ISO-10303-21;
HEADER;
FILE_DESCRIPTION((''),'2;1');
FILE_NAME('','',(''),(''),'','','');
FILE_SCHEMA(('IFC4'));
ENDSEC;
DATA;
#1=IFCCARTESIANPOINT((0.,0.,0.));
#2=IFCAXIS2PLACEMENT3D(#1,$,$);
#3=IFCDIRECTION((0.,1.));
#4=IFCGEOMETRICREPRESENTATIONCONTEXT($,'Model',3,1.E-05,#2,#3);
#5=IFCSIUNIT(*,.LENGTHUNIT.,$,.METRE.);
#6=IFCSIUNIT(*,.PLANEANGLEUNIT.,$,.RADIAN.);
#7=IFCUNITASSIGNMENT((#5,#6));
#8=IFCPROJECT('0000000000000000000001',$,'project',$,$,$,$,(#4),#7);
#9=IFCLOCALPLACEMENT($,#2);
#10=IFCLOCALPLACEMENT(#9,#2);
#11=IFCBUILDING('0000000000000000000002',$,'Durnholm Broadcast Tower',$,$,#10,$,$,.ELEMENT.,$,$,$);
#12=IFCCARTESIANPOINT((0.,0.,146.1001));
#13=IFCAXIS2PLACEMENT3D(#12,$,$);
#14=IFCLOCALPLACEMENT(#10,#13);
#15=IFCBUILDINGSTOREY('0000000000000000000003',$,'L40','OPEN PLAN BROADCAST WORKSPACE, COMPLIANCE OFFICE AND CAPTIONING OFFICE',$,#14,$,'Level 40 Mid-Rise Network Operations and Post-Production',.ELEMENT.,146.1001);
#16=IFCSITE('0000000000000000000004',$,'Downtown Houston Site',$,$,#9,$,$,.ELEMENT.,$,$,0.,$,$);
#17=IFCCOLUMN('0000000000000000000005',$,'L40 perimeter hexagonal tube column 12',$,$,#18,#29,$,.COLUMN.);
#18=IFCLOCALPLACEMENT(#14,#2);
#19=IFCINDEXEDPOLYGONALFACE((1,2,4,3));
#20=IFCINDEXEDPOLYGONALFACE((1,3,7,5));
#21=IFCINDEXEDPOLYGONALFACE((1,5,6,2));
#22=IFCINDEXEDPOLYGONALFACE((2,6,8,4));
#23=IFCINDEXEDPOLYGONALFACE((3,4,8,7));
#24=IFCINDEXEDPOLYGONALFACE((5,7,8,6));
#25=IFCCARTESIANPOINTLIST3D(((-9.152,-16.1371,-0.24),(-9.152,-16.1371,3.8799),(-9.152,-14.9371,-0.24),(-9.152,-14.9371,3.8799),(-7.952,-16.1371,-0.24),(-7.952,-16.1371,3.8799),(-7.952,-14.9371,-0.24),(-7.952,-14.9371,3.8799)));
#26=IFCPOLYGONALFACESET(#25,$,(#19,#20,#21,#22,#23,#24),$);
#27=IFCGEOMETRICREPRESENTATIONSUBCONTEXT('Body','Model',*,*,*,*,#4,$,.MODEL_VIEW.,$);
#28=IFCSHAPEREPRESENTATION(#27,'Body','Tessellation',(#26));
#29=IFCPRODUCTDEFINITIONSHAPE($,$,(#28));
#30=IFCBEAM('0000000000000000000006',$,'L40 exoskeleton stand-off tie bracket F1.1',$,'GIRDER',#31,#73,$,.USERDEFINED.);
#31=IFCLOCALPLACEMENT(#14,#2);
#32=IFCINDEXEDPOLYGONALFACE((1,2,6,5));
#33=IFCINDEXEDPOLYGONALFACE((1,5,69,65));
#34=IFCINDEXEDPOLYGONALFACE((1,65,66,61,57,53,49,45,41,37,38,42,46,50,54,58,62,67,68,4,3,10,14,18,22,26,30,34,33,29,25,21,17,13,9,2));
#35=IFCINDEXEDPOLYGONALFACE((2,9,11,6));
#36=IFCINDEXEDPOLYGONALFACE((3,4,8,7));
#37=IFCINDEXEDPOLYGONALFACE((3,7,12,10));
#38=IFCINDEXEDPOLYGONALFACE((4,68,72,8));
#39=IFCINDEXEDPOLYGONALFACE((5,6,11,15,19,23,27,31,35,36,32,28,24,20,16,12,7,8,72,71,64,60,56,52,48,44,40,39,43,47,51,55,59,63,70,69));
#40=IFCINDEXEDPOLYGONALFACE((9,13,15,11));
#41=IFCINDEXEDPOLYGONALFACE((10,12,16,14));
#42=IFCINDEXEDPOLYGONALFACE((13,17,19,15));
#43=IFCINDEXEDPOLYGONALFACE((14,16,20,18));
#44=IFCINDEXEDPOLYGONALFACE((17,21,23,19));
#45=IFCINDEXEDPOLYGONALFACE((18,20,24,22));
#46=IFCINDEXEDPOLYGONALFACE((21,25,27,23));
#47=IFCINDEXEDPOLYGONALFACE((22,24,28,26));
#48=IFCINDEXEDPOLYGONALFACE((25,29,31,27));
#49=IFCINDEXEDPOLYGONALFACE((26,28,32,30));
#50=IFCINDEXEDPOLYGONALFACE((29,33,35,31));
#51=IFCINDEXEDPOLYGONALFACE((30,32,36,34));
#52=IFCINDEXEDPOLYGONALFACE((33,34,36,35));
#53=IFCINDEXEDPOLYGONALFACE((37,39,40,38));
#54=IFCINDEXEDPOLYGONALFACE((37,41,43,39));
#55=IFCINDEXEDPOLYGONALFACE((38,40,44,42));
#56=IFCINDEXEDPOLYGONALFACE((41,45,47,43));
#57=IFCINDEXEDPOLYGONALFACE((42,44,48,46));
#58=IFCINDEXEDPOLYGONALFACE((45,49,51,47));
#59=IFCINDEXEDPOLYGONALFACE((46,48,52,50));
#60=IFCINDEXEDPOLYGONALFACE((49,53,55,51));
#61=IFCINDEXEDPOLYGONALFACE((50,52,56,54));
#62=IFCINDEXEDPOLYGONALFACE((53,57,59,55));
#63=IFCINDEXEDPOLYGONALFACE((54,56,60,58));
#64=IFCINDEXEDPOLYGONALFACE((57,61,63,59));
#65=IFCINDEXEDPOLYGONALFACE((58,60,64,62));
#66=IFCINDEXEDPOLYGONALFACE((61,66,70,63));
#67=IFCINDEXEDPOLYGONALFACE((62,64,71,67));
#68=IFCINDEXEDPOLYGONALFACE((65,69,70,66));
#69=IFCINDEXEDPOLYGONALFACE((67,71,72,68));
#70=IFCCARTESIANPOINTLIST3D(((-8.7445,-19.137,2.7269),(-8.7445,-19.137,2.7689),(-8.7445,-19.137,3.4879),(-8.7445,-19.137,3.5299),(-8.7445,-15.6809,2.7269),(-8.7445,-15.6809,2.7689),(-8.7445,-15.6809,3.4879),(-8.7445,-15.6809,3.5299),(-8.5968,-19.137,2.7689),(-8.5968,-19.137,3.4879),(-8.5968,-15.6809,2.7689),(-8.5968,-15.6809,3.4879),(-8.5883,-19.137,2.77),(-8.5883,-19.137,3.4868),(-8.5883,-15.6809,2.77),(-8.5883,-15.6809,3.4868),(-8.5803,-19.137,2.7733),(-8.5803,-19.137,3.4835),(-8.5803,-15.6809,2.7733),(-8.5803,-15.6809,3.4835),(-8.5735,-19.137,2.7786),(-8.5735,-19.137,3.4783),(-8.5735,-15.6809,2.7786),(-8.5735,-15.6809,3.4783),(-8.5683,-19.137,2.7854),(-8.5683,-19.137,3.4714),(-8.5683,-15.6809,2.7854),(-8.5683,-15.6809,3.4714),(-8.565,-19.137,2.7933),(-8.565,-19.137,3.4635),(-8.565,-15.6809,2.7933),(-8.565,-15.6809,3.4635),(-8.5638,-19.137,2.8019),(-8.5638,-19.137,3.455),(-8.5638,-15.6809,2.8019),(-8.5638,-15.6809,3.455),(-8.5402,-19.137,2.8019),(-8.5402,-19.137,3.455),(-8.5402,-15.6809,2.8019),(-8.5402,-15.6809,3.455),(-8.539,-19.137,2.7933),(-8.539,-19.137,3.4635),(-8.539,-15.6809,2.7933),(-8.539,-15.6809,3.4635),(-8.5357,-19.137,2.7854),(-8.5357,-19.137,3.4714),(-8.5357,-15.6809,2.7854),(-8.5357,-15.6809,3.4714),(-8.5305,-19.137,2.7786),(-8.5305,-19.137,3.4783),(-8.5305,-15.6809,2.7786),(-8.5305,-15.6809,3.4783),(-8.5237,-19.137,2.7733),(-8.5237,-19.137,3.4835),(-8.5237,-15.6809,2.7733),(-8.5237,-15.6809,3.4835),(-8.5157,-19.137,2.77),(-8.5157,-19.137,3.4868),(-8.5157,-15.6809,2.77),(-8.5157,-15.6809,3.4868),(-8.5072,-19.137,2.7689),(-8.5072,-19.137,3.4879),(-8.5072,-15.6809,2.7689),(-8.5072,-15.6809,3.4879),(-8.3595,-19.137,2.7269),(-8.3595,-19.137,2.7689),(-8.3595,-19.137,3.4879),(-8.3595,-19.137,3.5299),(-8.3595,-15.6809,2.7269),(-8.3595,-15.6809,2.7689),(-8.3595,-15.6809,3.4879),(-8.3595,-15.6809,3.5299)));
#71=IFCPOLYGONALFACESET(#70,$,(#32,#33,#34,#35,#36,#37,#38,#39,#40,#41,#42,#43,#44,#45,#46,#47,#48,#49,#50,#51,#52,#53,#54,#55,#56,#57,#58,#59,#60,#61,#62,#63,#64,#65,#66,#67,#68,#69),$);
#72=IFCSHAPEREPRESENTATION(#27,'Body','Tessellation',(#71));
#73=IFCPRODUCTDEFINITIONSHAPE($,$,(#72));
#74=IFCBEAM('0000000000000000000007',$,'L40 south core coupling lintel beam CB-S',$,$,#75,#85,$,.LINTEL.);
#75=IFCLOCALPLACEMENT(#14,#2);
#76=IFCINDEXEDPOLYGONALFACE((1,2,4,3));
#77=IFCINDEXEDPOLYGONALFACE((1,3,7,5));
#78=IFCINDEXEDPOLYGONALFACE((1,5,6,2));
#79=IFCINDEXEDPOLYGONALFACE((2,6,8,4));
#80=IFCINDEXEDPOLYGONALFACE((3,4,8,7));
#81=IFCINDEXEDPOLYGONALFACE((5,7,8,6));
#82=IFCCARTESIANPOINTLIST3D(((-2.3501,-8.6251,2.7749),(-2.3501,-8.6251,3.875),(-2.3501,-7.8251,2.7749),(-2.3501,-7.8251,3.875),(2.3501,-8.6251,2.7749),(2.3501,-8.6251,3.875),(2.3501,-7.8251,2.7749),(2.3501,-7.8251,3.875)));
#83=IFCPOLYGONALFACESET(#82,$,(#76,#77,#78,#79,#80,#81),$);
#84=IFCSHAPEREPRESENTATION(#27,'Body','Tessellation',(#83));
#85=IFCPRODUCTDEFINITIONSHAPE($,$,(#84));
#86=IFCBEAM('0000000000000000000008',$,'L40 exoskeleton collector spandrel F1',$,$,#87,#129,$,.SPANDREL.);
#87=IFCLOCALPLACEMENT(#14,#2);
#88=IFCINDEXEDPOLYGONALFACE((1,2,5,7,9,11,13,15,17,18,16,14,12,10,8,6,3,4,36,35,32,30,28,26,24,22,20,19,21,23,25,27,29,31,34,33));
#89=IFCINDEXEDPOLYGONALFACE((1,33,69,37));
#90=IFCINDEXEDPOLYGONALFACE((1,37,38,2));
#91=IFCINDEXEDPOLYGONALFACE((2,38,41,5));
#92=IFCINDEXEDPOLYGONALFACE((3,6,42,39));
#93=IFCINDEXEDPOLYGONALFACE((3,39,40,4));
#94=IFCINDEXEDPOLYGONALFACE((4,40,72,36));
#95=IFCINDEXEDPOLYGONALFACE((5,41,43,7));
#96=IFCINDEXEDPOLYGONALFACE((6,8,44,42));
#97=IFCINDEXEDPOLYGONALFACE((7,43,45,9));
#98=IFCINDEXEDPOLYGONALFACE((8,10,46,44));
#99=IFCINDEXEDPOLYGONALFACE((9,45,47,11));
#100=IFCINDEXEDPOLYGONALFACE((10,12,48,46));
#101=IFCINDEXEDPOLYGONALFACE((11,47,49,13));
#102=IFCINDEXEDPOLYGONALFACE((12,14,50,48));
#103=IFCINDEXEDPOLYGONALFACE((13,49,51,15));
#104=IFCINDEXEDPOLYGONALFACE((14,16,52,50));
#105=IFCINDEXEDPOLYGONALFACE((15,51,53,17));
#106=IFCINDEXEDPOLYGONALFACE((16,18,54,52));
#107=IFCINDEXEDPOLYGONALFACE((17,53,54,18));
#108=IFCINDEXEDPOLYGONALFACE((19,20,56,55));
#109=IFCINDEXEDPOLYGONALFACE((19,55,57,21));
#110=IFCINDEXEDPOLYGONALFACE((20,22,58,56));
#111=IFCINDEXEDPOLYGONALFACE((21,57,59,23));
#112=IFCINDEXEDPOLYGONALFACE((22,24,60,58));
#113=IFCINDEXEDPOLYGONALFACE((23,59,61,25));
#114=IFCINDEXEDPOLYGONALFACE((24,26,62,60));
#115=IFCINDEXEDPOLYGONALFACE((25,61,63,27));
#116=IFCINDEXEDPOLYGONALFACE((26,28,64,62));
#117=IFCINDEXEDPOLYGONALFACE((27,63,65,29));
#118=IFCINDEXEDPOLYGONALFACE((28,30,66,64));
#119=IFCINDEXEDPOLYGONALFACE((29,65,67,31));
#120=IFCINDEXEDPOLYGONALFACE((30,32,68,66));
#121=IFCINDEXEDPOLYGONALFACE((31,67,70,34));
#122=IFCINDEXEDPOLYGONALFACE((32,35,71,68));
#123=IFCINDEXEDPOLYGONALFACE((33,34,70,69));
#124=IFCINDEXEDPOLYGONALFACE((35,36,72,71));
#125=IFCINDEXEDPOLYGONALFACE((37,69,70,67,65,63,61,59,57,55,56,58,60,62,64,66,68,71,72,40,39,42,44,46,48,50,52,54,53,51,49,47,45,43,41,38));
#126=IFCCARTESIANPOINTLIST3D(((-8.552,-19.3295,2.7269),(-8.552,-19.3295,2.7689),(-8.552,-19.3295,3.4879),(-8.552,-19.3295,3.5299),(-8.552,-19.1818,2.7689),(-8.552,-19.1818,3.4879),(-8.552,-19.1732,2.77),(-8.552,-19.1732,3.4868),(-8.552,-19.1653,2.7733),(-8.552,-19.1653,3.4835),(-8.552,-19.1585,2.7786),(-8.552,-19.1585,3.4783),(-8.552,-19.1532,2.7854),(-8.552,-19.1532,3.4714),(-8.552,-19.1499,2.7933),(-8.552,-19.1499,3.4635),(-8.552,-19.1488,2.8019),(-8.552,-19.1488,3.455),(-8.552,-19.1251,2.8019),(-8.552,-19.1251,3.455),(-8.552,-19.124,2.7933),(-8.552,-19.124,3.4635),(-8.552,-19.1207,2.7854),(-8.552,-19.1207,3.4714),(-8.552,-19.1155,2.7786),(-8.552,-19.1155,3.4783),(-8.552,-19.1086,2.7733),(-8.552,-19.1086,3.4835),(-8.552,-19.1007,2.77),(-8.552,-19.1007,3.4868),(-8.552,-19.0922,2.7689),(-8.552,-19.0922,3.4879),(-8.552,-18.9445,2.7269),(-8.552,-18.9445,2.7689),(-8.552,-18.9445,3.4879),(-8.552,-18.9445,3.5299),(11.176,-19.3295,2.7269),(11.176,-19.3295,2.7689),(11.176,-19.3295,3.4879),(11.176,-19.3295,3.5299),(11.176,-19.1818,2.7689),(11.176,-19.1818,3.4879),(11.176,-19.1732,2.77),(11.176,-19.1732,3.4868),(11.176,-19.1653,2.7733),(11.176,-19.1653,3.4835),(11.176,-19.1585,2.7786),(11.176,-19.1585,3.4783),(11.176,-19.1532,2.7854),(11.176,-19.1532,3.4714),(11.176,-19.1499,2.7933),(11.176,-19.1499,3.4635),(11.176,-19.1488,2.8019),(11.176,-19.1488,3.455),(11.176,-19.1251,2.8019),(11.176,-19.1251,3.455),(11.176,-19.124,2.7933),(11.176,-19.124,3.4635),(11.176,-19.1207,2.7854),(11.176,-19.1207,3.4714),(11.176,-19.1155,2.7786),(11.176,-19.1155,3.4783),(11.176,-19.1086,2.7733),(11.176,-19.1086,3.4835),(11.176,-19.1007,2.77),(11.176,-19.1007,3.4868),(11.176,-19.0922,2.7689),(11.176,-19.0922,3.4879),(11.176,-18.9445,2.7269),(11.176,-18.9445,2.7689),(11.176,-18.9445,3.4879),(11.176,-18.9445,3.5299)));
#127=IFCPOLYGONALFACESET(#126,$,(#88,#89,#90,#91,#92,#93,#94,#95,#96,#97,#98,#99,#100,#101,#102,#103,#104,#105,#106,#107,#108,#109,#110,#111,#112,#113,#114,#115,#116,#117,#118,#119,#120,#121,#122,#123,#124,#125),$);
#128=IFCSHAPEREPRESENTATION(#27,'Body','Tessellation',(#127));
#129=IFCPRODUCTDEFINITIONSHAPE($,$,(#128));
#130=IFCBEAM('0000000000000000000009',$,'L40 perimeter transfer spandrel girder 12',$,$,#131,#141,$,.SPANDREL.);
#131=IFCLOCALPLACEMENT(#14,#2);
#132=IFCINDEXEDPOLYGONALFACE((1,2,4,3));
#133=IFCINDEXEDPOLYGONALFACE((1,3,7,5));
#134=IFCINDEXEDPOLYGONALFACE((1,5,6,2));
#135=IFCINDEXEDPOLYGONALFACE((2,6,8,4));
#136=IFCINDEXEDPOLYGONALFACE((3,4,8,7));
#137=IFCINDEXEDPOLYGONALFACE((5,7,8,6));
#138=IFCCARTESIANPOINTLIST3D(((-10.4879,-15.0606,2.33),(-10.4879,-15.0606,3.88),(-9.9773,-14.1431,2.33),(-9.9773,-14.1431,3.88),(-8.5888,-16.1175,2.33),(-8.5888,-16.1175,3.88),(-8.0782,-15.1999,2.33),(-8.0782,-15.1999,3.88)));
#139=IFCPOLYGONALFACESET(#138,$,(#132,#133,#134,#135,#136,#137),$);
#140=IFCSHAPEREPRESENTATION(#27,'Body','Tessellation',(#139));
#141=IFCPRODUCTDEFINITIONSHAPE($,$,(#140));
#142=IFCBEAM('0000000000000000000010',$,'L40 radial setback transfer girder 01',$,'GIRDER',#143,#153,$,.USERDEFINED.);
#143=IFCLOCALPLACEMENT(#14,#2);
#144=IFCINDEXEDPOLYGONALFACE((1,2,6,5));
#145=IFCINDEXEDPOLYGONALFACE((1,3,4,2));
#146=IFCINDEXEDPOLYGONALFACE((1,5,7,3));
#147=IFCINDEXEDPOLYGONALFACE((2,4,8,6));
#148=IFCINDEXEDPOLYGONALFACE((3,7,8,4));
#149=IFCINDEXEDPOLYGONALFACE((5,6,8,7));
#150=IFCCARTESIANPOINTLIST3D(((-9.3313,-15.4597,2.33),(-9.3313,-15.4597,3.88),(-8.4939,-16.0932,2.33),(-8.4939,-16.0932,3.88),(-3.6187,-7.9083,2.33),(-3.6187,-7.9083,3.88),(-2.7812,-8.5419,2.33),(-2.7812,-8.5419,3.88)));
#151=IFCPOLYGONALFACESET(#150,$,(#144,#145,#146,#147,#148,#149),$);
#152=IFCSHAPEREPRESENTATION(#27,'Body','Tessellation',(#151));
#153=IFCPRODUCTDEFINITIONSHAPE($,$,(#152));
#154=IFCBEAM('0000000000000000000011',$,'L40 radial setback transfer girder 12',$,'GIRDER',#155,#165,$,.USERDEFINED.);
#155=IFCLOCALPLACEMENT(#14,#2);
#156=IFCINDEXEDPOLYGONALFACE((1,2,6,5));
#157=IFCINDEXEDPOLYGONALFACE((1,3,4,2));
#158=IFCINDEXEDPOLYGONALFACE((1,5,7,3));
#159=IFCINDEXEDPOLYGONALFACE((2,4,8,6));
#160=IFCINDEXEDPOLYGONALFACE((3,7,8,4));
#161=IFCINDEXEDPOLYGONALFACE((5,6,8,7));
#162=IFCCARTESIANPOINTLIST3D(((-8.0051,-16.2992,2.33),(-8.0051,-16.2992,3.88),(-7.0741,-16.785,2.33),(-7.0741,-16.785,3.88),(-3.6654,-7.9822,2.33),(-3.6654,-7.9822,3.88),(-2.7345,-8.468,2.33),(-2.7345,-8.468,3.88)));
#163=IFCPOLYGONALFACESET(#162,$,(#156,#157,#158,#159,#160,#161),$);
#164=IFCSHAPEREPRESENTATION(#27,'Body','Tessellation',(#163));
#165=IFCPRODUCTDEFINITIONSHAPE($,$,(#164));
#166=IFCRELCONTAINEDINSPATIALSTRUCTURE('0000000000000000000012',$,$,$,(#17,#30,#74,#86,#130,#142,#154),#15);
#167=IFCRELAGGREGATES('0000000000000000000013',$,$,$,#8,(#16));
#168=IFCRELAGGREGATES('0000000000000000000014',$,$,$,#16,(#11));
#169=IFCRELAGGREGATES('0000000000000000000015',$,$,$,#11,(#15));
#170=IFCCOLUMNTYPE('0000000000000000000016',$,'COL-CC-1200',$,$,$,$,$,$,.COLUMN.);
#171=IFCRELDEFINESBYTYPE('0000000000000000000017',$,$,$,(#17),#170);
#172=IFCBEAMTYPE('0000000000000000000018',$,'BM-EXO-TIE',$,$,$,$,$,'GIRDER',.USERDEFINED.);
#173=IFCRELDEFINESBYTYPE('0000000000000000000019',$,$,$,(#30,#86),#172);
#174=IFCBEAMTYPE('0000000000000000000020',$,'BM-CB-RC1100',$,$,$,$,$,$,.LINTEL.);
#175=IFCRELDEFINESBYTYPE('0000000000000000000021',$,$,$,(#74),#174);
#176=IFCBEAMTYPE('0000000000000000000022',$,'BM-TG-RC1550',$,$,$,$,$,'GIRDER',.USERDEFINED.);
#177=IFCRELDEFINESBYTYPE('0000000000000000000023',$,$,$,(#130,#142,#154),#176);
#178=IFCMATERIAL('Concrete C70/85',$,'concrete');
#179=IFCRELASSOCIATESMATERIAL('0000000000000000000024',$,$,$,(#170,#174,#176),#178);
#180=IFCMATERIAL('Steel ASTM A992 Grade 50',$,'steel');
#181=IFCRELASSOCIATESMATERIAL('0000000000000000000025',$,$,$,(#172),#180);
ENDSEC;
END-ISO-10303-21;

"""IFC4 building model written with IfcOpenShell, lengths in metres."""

from ifc_helpers import new_model, si_unit, direction, frame, origin, origin_2d, place, context, subcontext, project, spatial, rectangle, i_section, extrude, source, transform, mapped, material, material_profile, profile_set, type_object, type_shapes, element, save


model = new_model("IFC4")

# Units and contexts
model_context = context("Model", 3, precision=1e-05, world=origin(), true_north=direction((0.0, 1.0)))
body_context = subcontext(model_context, "Body", "Model", "MODEL_VIEW")
ifc_project = project(units=[si_unit("LENGTHUNIT", "METRE"), si_unit("PLANEANGLEUNIT", "RADIAN")], contexts=[model_context])

# Site, building, storey
site_placement = place(None, origin())
site = spatial("IfcSite", under=ifc_project, at=site_placement, Name="Downtown Houston Site", CompositionType="ELEMENT", RefElevation=0.0)
building_placement = place(site_placement, origin())
building = spatial("IfcBuilding", under=site, at=building_placement, Name="Durnholm Broadcast Tower", CompositionType="ELEMENT")
storey_placement = place(building_placement, frame((0.0, 0.0, 146.1001)))
storey = spatial("IfcBuildingStorey", under=building, at=storey_placement, Name="L40", Description="OPEN PLAN BROADCAST WORKSPACE, COMPLIANCE OFFICE AND CAPTIONING OFFICE", LongName="Level 40 Mid-Rise Network Operations and Post-Production", CompositionType="ELEMENT", Elevation=146.1001)

# Column
ifc_material_1 = material(Name="Concrete C70/85", Category="concrete")
ifc_material_profile_1 = material_profile(ifc_material_1, rectangle(XDim=1.2, YDim=1.2, at=origin_2d()), Name="RC1200X1200")
ifc_profile_set_1 = profile_set([ifc_material_profile_1], Name="Concrete C70/85")
column_type = type_object("IfcColumnType", Name="COL-CC-1200", PredefinedType="COLUMN", material=ifc_profile_set_1)
shared_shape_1 = source(origin(), body_context, "Body", "SweptSolid", [
    extrude(rectangle(XDim=1.2, YDim=1.2, at=origin_2d()), origin(), (0.0, 0.0, 1.0), 4.1199),
])
type_shapes(column_type, [shared_shape_1])
column_placement = place(storey_placement, frame((-8.552, -15.5371, -0.24), z_axis=(0.0, 0.0, 1.0), x_axis=(1.0, 0.0, 0.0)))
element("IfcColumn", 1, at=column_placement, inside=storey, type_object=column_type, Name="L40 perimeter hexagonal tube column 12", PredefinedType="COLUMN", context=body_context, shape_type="MappedRepresentation", body=[
    mapped(shared_shape_1, transform((0.0, 0.0, 0.0), x_axis=(1.0, 0.0, 0.0), y_axis=(0.0, 1.0, 0.0), z_axis=(0.0, 0.0, 1.0), scale=1.0)),
])

# Beams
ifc_material_2 = material(Name="Steel ASTM A992 Grade 50", Category="steel")
ifc_material_profile_2 = material_profile(ifc_material_2, i_section(OverallWidth=0.385, OverallDepth=0.803, WebThickness=0.0237, FlangeThickness=0.042, FilletRadius=0.033, at=origin_2d()), Name="W30X261")
ifc_profile_set_2 = profile_set([ifc_material_profile_2], Name="Steel ASTM A992 Grade 50")
beam_type_1 = type_object("IfcBeamType", Name="BM-EXO-TIE", ElementType="GIRDER", PredefinedType="USERDEFINED", material=ifc_profile_set_2)
shared_shape_2 = source(origin(), body_context, "Body", "SweptSolid", [
    extrude(i_section(OverallWidth=0.385, OverallDepth=0.803, WebThickness=0.0237, FlangeThickness=0.042, FilletRadius=0.033, at=origin_2d()), origin(), (0.0, 0.0, 1.0), 3.4561),
])
beam_1_placement = place(storey_placement, frame((-8.552, -15.6809, 3.1284), z_axis=(0.0, -1.0, 0.0), x_axis=(1.0, 0.0, 0.0)))
element("IfcBeam", 2, at=beam_1_placement, inside=storey, type_object=beam_type_1, Name="L40 exoskeleton stand-off tie bracket F1.1", ObjectType="GIRDER", PredefinedType="USERDEFINED", context=body_context, shape_type="MappedRepresentation", body=[
    mapped(shared_shape_2, transform((0.0, 0.0, 0.0), x_axis=(1.0, 0.0, 0.0), y_axis=(0.0, 1.0, 0.0), z_axis=(0.0, 0.0, 1.0), scale=1.0)),
])
ifc_material_profile_3 = material_profile(ifc_material_1, rectangle(XDim=0.8, YDim=1.1001, at=origin_2d()), Name="RC800X1100")
ifc_profile_set_3 = profile_set([ifc_material_profile_3], Name="Concrete C70/85")
beam_type_2 = type_object("IfcBeamType", Name="BM-CB-RC1100", PredefinedType="LINTEL", material=ifc_profile_set_3)
shared_shape_3 = source(origin(), body_context, "Body", "SweptSolid", [
    extrude(rectangle(XDim=0.8, YDim=1.1001, at=origin_2d()), origin(), (0.0, 0.0, 1.0), 4.7002),
])
type_shapes(beam_type_2, [shared_shape_3])
beam_2_placement = place(storey_placement, frame((-2.3501, -8.2251, 3.325), z_axis=(1.0, 0.0, 0.0), x_axis=(0.0, 1.0, 0.0)))
element("IfcBeam", 3, at=beam_2_placement, inside=storey, type_object=beam_type_2, Name="L40 south core coupling lintel beam CB-S", PredefinedType="LINTEL", context=body_context, shape_type="MappedRepresentation", body=[
    mapped(shared_shape_3, transform((0.0, 0.0, 0.0), x_axis=(1.0, 0.0, 0.0), y_axis=(0.0, 1.0, 0.0), z_axis=(0.0, 0.0, 1.0), scale=1.0)),
])
shared_shape_4 = source(origin(), body_context, "Body", "SweptSolid", [
    extrude(i_section(OverallWidth=0.385, OverallDepth=0.803, WebThickness=0.0237, FlangeThickness=0.042, FilletRadius=0.033, at=origin_2d()), origin(), (0.0, 0.0, 1.0), 19.728),
])
type_shapes(beam_type_1, [shared_shape_2, shared_shape_4])
beam_3_placement = place(storey_placement, frame((-8.552, -19.137, 3.1284), z_axis=(1.0, 0.0, 0.0), x_axis=(0.0, 1.0, 0.0)))
element("IfcBeam", 4, at=beam_3_placement, inside=storey, type_object=beam_type_1, Name="L40 exoskeleton collector spandrel F1", PredefinedType="SPANDREL", context=body_context, shape_type="MappedRepresentation", body=[
    mapped(shared_shape_4, transform((0.0, 0.0, 0.0), x_axis=(1.0, 0.0, 0.0), y_axis=(0.0, 1.0, 0.0), z_axis=(0.0, 0.0, 1.0), scale=1.0)),
])
ifc_material_profile_4 = material_profile(ifc_material_1, rectangle(XDim=1.05, YDim=1.55, at=origin_2d()), Name="RC1050X1550")
ifc_profile_set_4 = profile_set([ifc_material_profile_4], Name="Concrete C70/85")
beam_type_3 = type_object("IfcBeamType", Name="BM-TG-RC1550", ElementType="GIRDER", PredefinedType="USERDEFINED", material=ifc_profile_set_4)
shared_shape_5 = source(origin(), body_context, "Body", "SweptSolid", [
    extrude(rectangle(XDim=1.05, YDim=1.55, at=origin_2d()), origin(), (0.0, 0.0, 1.0), 2.1733),
])
beam_4_placement = place(storey_placement, frame((-8.3335, -15.6587, 3.105), z_axis=(-0.873807, 0.486272, 0.0), x_axis=(-0.486272, -0.873807, 0.0)))
element("IfcBeam", 5, at=beam_4_placement, inside=storey, type_object=beam_type_3, Name="L40 perimeter transfer spandrel girder 12", PredefinedType="SPANDREL", context=body_context, shape_type="MappedRepresentation", body=[
    mapped(shared_shape_5, transform((0.0, 0.0, 0.0), x_axis=(1.0, 0.0, 0.0), y_axis=(0.0, 1.0, 0.0), z_axis=(0.0, 0.0, 1.0), scale=1.0)),
])
shared_shape_6 = source(origin(), body_context, "Body", "SweptSolid", [
    extrude(rectangle(XDim=1.05, YDim=1.55, at=origin_2d()), origin(), (0.0, 0.0, 1.0), 9.4688),
])
beam_5_placement = place(storey_placement, frame((-3.2, -8.2251, 3.105), z_axis=(-0.60332, -0.797499, 0.0), x_axis=(0.797499, -0.60332, 0.0)))
element("IfcBeam", 6, at=beam_5_placement, inside=storey, type_object=beam_type_3, Name="L40 radial setback transfer girder 01", ObjectType="GIRDER", PredefinedType="USERDEFINED", context=body_context, shape_type="MappedRepresentation", body=[
    mapped(shared_shape_6, transform((0.0, 0.0, 0.0), x_axis=(1.0, 0.0, 0.0), y_axis=(0.0, 1.0, 0.0), z_axis=(0.0, 0.0, 1.0), scale=1.0)),
])
shared_shape_7 = source(origin(), body_context, "Body", "SweptSolid", [
    extrude(rectangle(XDim=1.05, YDim=1.55, at=origin_2d()), origin(), (0.0, 0.0, 1.0), 9.3811),
])
type_shapes(beam_type_3, [shared_shape_5, shared_shape_6, shared_shape_7])
beam_6_placement = place(storey_placement, frame((-3.2, -8.2251, 3.105), z_axis=(-0.462595, -0.88657, 0.0), x_axis=(0.88657, -0.462595, 0.0)))
element("IfcBeam", 7, at=beam_6_placement, inside=storey, type_object=beam_type_3, Name="L40 radial setback transfer girder 12", ObjectType="GIRDER", PredefinedType="USERDEFINED", context=body_context, shape_type="MappedRepresentation", body=[
    mapped(shared_shape_7, transform((0.0, 0.0, 0.0), x_axis=(1.0, 0.0, 0.0), y_axis=(0.0, 1.0, 0.0), z_axis=(0.0, 0.0, 1.0), scale=1.0)),
])

save(model, "model.ifc")
